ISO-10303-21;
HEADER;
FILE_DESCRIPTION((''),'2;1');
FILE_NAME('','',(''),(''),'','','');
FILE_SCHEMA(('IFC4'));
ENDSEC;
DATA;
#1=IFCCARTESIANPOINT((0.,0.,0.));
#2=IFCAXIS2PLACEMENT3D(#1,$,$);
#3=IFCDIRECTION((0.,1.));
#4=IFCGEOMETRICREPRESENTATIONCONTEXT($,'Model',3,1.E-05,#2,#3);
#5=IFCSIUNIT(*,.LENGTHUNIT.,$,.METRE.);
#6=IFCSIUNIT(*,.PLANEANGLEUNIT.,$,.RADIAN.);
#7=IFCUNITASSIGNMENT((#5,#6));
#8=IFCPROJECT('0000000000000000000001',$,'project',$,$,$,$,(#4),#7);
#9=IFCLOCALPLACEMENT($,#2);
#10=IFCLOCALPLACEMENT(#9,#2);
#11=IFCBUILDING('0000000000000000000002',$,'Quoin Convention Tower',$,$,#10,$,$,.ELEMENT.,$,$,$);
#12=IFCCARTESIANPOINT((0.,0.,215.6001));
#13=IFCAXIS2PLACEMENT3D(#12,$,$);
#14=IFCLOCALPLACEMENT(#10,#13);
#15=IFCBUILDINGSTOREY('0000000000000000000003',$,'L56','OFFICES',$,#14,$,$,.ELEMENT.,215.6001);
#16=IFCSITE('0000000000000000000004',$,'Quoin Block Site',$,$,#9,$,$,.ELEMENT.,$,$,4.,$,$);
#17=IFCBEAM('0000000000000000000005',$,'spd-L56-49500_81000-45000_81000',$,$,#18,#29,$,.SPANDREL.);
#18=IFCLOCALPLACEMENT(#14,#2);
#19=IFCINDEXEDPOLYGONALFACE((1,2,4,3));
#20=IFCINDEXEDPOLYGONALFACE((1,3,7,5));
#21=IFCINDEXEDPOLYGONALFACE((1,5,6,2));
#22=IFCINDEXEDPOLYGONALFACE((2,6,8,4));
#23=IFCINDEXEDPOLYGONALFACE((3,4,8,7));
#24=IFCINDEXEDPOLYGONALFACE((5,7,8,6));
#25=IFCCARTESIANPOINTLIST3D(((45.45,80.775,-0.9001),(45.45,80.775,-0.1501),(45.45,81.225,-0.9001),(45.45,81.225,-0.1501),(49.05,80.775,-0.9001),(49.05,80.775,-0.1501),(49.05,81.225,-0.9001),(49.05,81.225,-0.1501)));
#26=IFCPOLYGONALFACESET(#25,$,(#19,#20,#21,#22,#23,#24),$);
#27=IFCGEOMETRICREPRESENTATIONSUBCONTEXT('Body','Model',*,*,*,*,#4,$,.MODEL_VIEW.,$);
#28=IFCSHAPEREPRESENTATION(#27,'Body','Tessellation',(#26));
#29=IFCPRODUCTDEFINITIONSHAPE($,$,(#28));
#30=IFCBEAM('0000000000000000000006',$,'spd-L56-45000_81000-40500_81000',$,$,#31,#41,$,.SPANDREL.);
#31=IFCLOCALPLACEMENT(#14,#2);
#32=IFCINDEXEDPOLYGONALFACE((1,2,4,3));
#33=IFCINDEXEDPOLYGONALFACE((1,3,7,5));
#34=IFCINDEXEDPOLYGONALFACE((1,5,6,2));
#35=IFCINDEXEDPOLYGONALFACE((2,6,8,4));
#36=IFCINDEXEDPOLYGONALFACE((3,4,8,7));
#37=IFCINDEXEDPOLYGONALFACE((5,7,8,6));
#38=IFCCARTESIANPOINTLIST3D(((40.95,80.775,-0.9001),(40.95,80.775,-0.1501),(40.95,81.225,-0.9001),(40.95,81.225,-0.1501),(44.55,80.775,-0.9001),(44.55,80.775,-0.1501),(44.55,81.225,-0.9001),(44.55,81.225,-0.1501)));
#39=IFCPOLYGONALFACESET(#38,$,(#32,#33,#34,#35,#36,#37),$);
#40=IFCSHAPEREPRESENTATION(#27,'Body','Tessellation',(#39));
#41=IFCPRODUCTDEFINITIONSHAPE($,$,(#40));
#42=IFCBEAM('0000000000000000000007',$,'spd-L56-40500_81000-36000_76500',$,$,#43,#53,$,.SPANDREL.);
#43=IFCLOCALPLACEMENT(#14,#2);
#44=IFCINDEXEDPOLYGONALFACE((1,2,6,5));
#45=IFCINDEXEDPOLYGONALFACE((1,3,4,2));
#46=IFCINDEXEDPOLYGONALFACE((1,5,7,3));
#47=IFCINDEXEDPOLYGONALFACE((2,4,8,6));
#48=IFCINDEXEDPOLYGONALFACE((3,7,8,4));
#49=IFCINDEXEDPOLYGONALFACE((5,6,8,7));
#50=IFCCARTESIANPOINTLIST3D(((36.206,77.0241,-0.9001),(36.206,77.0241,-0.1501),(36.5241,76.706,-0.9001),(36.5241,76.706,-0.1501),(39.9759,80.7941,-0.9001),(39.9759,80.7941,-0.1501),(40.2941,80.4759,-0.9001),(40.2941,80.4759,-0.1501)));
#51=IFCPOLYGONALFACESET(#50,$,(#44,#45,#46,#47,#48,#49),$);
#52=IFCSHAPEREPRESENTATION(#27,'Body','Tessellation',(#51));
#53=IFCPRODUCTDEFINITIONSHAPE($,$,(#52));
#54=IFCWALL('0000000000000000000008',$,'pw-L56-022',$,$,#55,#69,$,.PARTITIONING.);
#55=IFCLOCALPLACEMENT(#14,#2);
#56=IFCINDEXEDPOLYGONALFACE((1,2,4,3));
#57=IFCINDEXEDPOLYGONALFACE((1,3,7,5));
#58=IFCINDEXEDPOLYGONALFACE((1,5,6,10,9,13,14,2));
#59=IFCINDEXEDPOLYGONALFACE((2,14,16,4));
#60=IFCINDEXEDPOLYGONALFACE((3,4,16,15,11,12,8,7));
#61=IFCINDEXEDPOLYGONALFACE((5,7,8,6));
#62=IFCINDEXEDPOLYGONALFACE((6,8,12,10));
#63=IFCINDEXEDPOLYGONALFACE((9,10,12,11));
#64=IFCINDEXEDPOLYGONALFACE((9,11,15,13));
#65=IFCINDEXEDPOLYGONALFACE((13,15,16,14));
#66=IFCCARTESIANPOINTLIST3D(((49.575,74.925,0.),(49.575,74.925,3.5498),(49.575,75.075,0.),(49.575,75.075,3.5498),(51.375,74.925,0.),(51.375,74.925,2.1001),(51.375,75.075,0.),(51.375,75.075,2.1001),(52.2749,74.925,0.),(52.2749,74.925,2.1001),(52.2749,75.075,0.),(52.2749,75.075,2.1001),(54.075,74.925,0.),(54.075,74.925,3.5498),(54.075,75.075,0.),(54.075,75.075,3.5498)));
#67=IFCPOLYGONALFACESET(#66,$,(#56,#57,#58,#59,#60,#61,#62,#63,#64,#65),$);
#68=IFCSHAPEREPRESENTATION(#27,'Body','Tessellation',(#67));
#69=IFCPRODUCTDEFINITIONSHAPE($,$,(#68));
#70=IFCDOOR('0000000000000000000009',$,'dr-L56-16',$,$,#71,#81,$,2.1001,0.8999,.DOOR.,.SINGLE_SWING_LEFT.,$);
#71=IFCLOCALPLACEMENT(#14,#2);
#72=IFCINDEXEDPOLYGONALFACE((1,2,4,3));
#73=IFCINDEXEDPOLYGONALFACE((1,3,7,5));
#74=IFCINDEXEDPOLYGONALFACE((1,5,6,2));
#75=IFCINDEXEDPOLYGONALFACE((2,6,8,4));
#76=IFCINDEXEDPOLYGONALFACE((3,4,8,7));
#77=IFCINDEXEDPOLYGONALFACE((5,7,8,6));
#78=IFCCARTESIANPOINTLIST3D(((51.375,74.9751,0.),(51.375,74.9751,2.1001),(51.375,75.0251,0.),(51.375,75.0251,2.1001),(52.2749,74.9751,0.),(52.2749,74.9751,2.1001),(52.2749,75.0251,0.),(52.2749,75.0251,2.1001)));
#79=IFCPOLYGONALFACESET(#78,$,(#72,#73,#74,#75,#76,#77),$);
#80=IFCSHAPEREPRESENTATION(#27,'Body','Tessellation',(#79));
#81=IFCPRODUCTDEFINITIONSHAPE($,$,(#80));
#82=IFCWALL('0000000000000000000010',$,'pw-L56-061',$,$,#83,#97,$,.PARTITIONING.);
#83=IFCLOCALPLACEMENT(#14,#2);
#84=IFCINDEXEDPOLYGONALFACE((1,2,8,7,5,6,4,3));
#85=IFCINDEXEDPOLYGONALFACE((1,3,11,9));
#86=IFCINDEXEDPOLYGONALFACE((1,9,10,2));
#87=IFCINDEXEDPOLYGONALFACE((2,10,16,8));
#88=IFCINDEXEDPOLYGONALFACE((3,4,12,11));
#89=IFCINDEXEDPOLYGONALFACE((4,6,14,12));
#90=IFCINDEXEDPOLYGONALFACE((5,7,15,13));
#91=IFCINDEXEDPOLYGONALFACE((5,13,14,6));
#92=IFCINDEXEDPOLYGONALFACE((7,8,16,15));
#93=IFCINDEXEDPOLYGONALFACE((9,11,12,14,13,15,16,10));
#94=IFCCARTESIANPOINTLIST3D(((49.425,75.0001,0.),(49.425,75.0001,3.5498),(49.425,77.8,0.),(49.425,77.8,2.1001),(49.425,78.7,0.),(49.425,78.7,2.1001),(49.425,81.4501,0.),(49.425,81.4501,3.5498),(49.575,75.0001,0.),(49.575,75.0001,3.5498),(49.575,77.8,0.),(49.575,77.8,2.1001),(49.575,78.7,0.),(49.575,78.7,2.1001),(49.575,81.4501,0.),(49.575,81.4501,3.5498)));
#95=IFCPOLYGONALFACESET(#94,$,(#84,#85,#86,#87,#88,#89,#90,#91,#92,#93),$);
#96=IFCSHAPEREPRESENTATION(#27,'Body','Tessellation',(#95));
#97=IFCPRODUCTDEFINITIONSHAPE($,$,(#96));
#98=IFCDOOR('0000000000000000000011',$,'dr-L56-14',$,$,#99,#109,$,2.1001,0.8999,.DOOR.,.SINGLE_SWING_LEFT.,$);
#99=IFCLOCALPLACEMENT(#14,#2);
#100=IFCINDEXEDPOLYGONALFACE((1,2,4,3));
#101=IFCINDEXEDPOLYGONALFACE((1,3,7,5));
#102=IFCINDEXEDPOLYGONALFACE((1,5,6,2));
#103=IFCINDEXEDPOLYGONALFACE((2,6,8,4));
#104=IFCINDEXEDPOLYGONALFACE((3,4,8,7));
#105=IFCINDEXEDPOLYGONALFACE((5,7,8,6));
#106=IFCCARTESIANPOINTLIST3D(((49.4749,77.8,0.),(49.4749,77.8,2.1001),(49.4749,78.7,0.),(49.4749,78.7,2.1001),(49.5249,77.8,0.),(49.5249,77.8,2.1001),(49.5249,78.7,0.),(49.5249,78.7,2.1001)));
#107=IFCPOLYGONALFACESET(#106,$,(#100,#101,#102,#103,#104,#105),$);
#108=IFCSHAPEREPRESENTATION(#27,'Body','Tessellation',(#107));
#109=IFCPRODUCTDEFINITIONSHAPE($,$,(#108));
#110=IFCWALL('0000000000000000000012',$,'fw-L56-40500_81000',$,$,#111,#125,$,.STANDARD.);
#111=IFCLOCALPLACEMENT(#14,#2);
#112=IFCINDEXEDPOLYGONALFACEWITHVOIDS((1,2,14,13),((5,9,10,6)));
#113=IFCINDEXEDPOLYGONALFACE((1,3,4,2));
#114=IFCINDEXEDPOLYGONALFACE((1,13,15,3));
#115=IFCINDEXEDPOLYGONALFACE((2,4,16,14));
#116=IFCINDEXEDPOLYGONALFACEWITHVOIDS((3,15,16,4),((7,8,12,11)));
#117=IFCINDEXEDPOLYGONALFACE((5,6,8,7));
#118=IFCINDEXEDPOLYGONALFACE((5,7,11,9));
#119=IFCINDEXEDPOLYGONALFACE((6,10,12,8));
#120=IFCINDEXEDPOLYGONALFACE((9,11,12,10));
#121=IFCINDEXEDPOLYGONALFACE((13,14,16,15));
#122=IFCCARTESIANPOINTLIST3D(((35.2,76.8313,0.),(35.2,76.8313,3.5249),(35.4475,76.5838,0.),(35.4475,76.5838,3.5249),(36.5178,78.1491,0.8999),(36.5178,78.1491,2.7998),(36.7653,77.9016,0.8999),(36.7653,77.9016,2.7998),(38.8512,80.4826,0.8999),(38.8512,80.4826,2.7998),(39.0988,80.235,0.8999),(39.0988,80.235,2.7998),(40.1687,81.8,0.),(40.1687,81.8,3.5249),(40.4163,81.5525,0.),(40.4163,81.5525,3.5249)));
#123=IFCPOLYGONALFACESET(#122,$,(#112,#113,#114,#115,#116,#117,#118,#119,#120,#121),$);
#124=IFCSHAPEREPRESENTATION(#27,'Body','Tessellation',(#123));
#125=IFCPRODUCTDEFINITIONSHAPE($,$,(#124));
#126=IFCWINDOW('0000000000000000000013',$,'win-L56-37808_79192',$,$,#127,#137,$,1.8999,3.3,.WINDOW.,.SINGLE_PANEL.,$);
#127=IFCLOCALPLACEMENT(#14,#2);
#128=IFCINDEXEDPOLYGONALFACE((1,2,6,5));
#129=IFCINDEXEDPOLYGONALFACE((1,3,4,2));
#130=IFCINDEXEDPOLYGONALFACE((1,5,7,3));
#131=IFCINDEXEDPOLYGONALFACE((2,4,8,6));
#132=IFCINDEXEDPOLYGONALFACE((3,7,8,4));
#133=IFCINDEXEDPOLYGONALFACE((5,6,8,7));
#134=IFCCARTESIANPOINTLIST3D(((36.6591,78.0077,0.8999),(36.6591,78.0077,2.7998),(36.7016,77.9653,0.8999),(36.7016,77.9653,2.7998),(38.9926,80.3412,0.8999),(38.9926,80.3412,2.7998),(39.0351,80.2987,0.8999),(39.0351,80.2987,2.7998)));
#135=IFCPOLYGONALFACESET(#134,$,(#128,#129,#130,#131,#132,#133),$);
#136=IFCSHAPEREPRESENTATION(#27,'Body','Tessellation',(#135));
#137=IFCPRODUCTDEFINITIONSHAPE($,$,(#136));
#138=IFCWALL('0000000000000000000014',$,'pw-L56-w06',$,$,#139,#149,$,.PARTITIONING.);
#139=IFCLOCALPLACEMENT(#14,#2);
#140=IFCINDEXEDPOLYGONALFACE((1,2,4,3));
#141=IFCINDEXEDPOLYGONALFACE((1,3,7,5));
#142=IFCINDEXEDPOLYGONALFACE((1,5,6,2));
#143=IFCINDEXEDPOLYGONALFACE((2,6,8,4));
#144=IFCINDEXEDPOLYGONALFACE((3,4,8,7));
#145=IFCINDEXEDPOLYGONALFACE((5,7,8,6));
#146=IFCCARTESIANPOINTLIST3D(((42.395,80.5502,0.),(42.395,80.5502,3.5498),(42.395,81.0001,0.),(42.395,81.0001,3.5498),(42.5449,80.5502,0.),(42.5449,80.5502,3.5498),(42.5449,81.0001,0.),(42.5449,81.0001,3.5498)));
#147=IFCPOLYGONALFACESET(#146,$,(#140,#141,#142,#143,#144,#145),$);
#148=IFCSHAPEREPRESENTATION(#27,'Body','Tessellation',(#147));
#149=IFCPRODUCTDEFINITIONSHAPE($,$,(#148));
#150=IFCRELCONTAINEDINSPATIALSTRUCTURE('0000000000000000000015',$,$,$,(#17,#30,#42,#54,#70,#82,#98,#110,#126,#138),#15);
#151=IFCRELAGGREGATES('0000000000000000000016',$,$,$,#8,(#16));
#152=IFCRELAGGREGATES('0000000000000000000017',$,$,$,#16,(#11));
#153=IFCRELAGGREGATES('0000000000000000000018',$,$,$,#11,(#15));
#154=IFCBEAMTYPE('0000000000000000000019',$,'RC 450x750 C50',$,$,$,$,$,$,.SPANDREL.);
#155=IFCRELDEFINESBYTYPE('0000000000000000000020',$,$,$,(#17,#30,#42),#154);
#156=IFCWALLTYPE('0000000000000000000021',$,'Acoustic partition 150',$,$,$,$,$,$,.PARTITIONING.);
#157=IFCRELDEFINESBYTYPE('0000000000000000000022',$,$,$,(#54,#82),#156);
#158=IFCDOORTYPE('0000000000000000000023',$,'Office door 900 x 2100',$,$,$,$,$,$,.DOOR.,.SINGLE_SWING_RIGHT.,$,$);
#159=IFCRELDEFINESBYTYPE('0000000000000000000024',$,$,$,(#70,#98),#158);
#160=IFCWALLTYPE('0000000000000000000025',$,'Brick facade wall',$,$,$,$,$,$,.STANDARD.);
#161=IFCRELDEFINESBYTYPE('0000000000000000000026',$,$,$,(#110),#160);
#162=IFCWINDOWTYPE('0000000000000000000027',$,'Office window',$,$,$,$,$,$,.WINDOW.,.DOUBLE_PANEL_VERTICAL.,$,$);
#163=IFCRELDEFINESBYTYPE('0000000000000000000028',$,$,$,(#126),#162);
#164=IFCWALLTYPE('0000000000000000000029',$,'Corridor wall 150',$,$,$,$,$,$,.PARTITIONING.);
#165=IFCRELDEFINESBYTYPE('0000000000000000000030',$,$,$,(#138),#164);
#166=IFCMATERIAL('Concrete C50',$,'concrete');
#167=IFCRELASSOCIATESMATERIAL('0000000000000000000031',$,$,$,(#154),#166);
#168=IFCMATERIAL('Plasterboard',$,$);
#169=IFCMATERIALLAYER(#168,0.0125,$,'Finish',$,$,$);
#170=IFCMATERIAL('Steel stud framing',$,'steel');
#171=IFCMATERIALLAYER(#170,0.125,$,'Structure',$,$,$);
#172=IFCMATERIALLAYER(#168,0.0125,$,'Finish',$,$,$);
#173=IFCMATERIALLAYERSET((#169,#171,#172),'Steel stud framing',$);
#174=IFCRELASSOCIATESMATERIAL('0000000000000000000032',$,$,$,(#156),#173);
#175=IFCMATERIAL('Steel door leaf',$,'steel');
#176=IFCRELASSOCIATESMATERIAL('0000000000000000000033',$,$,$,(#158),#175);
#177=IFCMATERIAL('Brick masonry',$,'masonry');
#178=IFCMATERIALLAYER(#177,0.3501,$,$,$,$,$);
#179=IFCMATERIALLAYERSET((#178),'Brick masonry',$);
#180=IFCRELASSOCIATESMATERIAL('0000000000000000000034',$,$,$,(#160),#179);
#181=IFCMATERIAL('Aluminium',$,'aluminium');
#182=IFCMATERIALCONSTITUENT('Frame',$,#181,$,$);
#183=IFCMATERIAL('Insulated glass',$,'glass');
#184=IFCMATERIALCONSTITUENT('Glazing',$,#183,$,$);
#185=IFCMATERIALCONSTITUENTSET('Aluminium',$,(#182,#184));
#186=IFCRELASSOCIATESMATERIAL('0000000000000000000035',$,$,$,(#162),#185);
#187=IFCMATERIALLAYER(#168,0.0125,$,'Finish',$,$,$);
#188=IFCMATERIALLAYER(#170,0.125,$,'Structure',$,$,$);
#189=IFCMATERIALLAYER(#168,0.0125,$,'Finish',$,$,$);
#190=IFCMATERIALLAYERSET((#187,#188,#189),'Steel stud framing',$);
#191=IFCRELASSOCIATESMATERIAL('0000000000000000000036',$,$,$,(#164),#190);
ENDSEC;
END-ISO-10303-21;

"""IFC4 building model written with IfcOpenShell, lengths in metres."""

from ifc_helpers import new_model, si_unit, direction, frame, frame_2d, origin, origin_2d, place, context, subcontext, project, spatial, rectangle, extrude, material, layer, layer_set, constituent, constituent_set, material_profile, profile_set, type_object, element, fill, save


model = new_model("IFC4")

# Units and contexts
model_context = context("Model", 3, precision=1e-05, world=origin(), true_north=direction((0.0, 1.0)))
body_context = subcontext(model_context, "Body", "Model", "MODEL_VIEW")
ifc_project = project(units=[si_unit("LENGTHUNIT", "METRE"), si_unit("PLANEANGLEUNIT", "RADIAN")], contexts=[model_context])

# Site, building, storey
site_placement = place(None, origin())
site = spatial("IfcSite", under=ifc_project, at=site_placement, Name="Quoin Block Site", CompositionType="ELEMENT", RefElevation=4.0)
building_placement = place(site_placement, origin())
building = spatial("IfcBuilding", under=site, at=building_placement, Name="Quoin Convention Tower", CompositionType="ELEMENT")
storey_placement = place(building_placement, frame((0.0, 0.0, 215.6001)))
storey = spatial("IfcBuildingStorey", under=building, at=storey_placement, Name="L56", Description="OFFICES", CompositionType="ELEMENT", Elevation=215.6001)

# Shared definitions
ifc_material_1 = material(Name="Concrete C50", Category="concrete")

# Beams
ifc_material_profile_1 = material_profile(ifc_material_1, rectangle(XDim=0.45, YDim=0.75, at=origin_2d()), Name="RC 450x750")
ifc_profile_set_1 = profile_set([ifc_material_profile_1], Name="Concrete C50")
beam_type_1 = type_object("IfcBeamType", Name="RC 450x750 C50", PredefinedType="SPANDREL", material=ifc_profile_set_1)
for number, where, z_axis, x_axis, name in (
    (1, (49.05, 81.0, -0.5251), (-1.0, 0.0, 0.0), (0.0, -1.0, 0.0), "spd-L56-49500_81000-45000_81000"),
    (2, (44.55, 81.0, -0.5251), (-1.0, 0.0, 0.0), (0.0, -1.0, 0.0), "spd-L56-45000_81000-40500_81000"),
):
    element("IfcBeam", number, at=place(storey_placement, frame(where, z_axis=z_axis, x_axis=x_axis)), inside=storey, type_object=beam_type_1, Name=name, PredefinedType="SPANDREL", context=body_context, shape_type="SweptSolid", body=[
        extrude(rectangle(XDim=0.45, YDim=0.75, at=origin_2d()), origin(), (0.0, 0.0, 1.0), 3.6001),
    ])
beam_1_placement = place(storey_placement, frame((40.135, 80.635, -0.5251), z_axis=(-0.707107, -0.707107, 0.0), x_axis=(0.707107, -0.707107, 0.0)))
element("IfcBeam", 3, at=beam_1_placement, inside=storey, type_object=beam_type_1, Name="spd-L56-40500_81000-36000_76500", PredefinedType="SPANDREL", context=body_context, shape_type="SweptSolid", body=[
    extrude(rectangle(XDim=0.45, YDim=0.75, at=origin_2d()), origin(), (0.0, 0.0, 1.0), 5.3315),
])

# Walls, openings, doors
ifc_material_2 = material(Name="Plasterboard")
ifc_layer_1 = layer(ifc_material_2, 0.0125, Name="Finish")
ifc_material_3 = material(Name="Steel stud framing", Category="steel")
ifc_layer_2 = layer(ifc_material_3, 0.125, Name="Structure")
ifc_layer_3 = layer(ifc_material_2, 0.0125, Name="Finish")
ifc_layer_set_1 = layer_set([ifc_layer_1, ifc_layer_2, ifc_layer_3], Name="Steel stud framing")
wall_type_1 = type_object("IfcWallType", Name="Acoustic partition 150", PredefinedType="PARTITIONING", material=ifc_layer_set_1)
wall_1_placement = place(storey_placement, frame((49.575, 75.0, 0.0), z_axis=(0.0, 0.0, 1.0), x_axis=(1.0, 0.0, 0.0)))
wall_1 = element("IfcWall", 4, at=wall_1_placement, inside=storey, type_object=wall_type_1, Name="pw-L56-022", PredefinedType="PARTITIONING", context=body_context, shape_type="SweptSolid", body=[
    extrude(rectangle(XDim=4.5, YDim=0.1499, at=frame_2d((2.25, 0.0))), origin(), (0.0, 0.0, 1.0), 3.5498),
])
opening_1_placement = place(wall_1_placement, frame((1.8, 0.0, 0.0)))
opening_1 = element("IfcOpeningElement", 5, at=opening_1_placement, cuts=wall_1, PredefinedType="OPENING", context=body_context, shape_type="SweptSolid", body=[
    extrude(rectangle(XDim=0.8999, YDim=2.1001, at=frame_2d((0.45, 1.05))), frame((0.0, 0.085, 0.0), z_axis=(0.0, -1.0, 0.0), x_axis=(1.0, 0.0, 0.0)), (0.0, 0.0, 1.0), 0.1699),
])
ifc_material_4 = material(Name="Steel door leaf", Category="steel")
door_type_1 = type_object("IfcDoorType", Name="Office door 900 x 2100", OperationType="SINGLE_SWING_RIGHT", PredefinedType="DOOR", material=ifc_material_4)
door_1_placement = place(opening_1_placement, frame((0.8999, 0.0, 0.0), z_axis=(0.0, 0.0, 1.0), x_axis=(-1.0, 0.0, 0.0)))
door_1 = element("IfcDoor", 6, at=door_1_placement, inside=storey, type_object=door_type_1, Name="dr-L56-16", OperationType="SINGLE_SWING_LEFT", OverallHeight=2.1001, OverallWidth=0.8999, PredefinedType="DOOR", context=body_context, shape_type="SweptSolid", body=[
    extrude(rectangle(XDim=0.8999, YDim=2.1001, at=frame_2d((0.45, 1.05))), frame((0.0, 0.0249, 0.0), z_axis=(0.0, -1.0, 0.0), x_axis=(1.0, 0.0, 0.0)), (0.0, 0.0, 1.0), 0.05),
])
fill(opening_1, door_1)
wall_2_placement = place(storey_placement, frame((49.5, 75.0, 0.0), z_axis=(0.0, 0.0, 1.0), x_axis=(0.0, 1.0, 0.0)))
wall_2 = element("IfcWall", 7, at=wall_2_placement, inside=storey, type_object=wall_type_1, Name="pw-L56-061", PredefinedType="PARTITIONING", context=body_context, shape_type="SweptSolid", body=[
    extrude(rectangle(XDim=6.45, YDim=0.1499, at=frame_2d((3.2251, 0.0))), origin(), (0.0, 0.0, 1.0), 3.5498),
])
opening_2_placement = place(wall_2_placement, frame((2.8, 0.0, 0.0)))
opening_2 = element("IfcOpeningElement", 8, at=opening_2_placement, cuts=wall_2, PredefinedType="OPENING", context=body_context, shape_type="SweptSolid", body=[
    extrude(rectangle(XDim=0.8999, YDim=2.1001, at=frame_2d((0.45, 1.05))), frame((0.0, 0.085, 0.0), z_axis=(0.0, -1.0, 0.0), x_axis=(1.0, 0.0, 0.0)), (0.0, 0.0, 1.0), 0.1699),
])
door_2_placement = place(opening_2_placement, frame((0.8999, 0.0, 0.0), z_axis=(0.0, 0.0, 1.0), x_axis=(-1.0, 0.0, 0.0)))
door_2 = element("IfcDoor", 9, at=door_2_placement, inside=storey, type_object=door_type_1, Name="dr-L56-14", OperationType="SINGLE_SWING_LEFT", OverallHeight=2.1001, OverallWidth=0.8999, PredefinedType="DOOR", context=body_context, shape_type="SweptSolid", body=[
    extrude(rectangle(XDim=0.8999, YDim=2.1001, at=frame_2d((0.45, 1.05))), frame((0.0, 0.0249, 0.0), z_axis=(0.0, -1.0, 0.0), x_axis=(1.0, 0.0, 0.0)), (0.0, 0.0, 1.0), 0.05),
])
fill(opening_2, door_2)

# Wall, opening, window
ifc_material_5 = material(Name="Brick masonry", Category="masonry")
ifc_layer_4 = layer(ifc_material_5, 0.3501)
ifc_layer_set_2 = layer_set([ifc_layer_4], Name="Brick masonry")
wall_type_2 = type_object("IfcWallType", Name="Brick facade wall", PredefinedType="STANDARD", material=ifc_layer_set_2)
wall_3_placement = place(storey_placement, frame((40.2925, 81.6763, 0.0), z_axis=(0.0, 0.0, 1.0), x_axis=(-0.707107, -0.707107, 0.0)))
wall_3 = element("IfcWall", 10, at=wall_3_placement, inside=storey, type_object=wall_type_2, Name="fw-L56-40500_81000", PredefinedType="STANDARD", context=body_context, shape_type="SweptSolid", body=[
    extrude(rectangle(XDim=7.0269, YDim=0.3501, at=frame_2d((3.5134, 0.0))), origin(), (0.0, 0.0, 1.0), 3.5249),
])
opening_3_placement = place(wall_3_placement, frame((1.8633, 0.0, 0.8999)))
opening_3 = element("IfcOpeningElement", 11, at=opening_3_placement, cuts=wall_3, PredefinedType="OPENING", context=body_context, shape_type="SweptSolid", body=[
    extrude(rectangle(XDim=3.3, YDim=1.8999, at=frame_2d((1.6499, 0.95))), frame((0.0, 0.1851, 0.0), z_axis=(0.0, -1.0, 0.0), x_axis=(1.0, 0.0, 0.0)), (0.0, 0.0, 1.0), 0.3701),
])
ifc_material_6 = material(Name="Aluminium", Category="aluminium")
ifc_constituent_1 = constituent(ifc_material_6, Name="Frame")
ifc_material_7 = material(Name="Insulated glass", Category="glass")
ifc_constituent_2 = constituent(ifc_material_7, Name="Glazing")
ifc_constituent_set = constituent_set(constituents=[ifc_constituent_1, ifc_constituent_2], Name="Aluminium")
window_type = type_object("IfcWindowType", Name="Office window", PartitioningType="DOUBLE_PANEL_VERTICAL", PredefinedType="WINDOW", material=ifc_constituent_set)
window_placement = place(opening_3_placement, origin())
window = element("IfcWindow", 12, at=window_placement, inside=storey, type_object=window_type, Name="win-L56-37808_79192", OverallHeight=1.8999, OverallWidth=3.3, PartitioningType="SINGLE_PANEL", PredefinedType="WINDOW", context=body_context, shape_type="SweptSolid", body=[
    extrude(rectangle(XDim=3.3, YDim=1.8999, at=frame_2d((1.6499, 0.95))), frame((0.0, 0.085, 0.0), z_axis=(0.0, -1.0, 0.0), x_axis=(1.0, 0.0, 0.0)), (0.0, 0.0, 1.0), 0.0601),
])
fill(opening_3, window)

# Wall
ifc_layer_5 = layer(ifc_material_2, 0.0125, Name="Finish")
ifc_layer_6 = layer(ifc_material_3, 0.125, Name="Structure")
ifc_layer_7 = layer(ifc_material_2, 0.0125, Name="Finish")
ifc_layer_set_3 = layer_set([ifc_layer_5, ifc_layer_6, ifc_layer_7], Name="Steel stud framing")
wall_type_3 = type_object("IfcWallType", Name="Corridor wall 150", PredefinedType="PARTITIONING", material=ifc_layer_set_3)
wall_4_placement = place(storey_placement, frame((42.47, 80.55, 0.0), z_axis=(0.0, 0.0, 1.0), x_axis=(0.0, 1.0, 0.0)))
element("IfcWall", 13, at=wall_4_placement, inside=storey, type_object=wall_type_3, Name="pw-L56-w06", PredefinedType="PARTITIONING", context=body_context, shape_type="SweptSolid", body=[
    extrude(rectangle(XDim=0.45, YDim=0.1499, at=frame_2d((0.2251, 0.0))), origin(), (0.0, 0.0, 1.0), 3.5498),
])

save(model, "model.ifc")
